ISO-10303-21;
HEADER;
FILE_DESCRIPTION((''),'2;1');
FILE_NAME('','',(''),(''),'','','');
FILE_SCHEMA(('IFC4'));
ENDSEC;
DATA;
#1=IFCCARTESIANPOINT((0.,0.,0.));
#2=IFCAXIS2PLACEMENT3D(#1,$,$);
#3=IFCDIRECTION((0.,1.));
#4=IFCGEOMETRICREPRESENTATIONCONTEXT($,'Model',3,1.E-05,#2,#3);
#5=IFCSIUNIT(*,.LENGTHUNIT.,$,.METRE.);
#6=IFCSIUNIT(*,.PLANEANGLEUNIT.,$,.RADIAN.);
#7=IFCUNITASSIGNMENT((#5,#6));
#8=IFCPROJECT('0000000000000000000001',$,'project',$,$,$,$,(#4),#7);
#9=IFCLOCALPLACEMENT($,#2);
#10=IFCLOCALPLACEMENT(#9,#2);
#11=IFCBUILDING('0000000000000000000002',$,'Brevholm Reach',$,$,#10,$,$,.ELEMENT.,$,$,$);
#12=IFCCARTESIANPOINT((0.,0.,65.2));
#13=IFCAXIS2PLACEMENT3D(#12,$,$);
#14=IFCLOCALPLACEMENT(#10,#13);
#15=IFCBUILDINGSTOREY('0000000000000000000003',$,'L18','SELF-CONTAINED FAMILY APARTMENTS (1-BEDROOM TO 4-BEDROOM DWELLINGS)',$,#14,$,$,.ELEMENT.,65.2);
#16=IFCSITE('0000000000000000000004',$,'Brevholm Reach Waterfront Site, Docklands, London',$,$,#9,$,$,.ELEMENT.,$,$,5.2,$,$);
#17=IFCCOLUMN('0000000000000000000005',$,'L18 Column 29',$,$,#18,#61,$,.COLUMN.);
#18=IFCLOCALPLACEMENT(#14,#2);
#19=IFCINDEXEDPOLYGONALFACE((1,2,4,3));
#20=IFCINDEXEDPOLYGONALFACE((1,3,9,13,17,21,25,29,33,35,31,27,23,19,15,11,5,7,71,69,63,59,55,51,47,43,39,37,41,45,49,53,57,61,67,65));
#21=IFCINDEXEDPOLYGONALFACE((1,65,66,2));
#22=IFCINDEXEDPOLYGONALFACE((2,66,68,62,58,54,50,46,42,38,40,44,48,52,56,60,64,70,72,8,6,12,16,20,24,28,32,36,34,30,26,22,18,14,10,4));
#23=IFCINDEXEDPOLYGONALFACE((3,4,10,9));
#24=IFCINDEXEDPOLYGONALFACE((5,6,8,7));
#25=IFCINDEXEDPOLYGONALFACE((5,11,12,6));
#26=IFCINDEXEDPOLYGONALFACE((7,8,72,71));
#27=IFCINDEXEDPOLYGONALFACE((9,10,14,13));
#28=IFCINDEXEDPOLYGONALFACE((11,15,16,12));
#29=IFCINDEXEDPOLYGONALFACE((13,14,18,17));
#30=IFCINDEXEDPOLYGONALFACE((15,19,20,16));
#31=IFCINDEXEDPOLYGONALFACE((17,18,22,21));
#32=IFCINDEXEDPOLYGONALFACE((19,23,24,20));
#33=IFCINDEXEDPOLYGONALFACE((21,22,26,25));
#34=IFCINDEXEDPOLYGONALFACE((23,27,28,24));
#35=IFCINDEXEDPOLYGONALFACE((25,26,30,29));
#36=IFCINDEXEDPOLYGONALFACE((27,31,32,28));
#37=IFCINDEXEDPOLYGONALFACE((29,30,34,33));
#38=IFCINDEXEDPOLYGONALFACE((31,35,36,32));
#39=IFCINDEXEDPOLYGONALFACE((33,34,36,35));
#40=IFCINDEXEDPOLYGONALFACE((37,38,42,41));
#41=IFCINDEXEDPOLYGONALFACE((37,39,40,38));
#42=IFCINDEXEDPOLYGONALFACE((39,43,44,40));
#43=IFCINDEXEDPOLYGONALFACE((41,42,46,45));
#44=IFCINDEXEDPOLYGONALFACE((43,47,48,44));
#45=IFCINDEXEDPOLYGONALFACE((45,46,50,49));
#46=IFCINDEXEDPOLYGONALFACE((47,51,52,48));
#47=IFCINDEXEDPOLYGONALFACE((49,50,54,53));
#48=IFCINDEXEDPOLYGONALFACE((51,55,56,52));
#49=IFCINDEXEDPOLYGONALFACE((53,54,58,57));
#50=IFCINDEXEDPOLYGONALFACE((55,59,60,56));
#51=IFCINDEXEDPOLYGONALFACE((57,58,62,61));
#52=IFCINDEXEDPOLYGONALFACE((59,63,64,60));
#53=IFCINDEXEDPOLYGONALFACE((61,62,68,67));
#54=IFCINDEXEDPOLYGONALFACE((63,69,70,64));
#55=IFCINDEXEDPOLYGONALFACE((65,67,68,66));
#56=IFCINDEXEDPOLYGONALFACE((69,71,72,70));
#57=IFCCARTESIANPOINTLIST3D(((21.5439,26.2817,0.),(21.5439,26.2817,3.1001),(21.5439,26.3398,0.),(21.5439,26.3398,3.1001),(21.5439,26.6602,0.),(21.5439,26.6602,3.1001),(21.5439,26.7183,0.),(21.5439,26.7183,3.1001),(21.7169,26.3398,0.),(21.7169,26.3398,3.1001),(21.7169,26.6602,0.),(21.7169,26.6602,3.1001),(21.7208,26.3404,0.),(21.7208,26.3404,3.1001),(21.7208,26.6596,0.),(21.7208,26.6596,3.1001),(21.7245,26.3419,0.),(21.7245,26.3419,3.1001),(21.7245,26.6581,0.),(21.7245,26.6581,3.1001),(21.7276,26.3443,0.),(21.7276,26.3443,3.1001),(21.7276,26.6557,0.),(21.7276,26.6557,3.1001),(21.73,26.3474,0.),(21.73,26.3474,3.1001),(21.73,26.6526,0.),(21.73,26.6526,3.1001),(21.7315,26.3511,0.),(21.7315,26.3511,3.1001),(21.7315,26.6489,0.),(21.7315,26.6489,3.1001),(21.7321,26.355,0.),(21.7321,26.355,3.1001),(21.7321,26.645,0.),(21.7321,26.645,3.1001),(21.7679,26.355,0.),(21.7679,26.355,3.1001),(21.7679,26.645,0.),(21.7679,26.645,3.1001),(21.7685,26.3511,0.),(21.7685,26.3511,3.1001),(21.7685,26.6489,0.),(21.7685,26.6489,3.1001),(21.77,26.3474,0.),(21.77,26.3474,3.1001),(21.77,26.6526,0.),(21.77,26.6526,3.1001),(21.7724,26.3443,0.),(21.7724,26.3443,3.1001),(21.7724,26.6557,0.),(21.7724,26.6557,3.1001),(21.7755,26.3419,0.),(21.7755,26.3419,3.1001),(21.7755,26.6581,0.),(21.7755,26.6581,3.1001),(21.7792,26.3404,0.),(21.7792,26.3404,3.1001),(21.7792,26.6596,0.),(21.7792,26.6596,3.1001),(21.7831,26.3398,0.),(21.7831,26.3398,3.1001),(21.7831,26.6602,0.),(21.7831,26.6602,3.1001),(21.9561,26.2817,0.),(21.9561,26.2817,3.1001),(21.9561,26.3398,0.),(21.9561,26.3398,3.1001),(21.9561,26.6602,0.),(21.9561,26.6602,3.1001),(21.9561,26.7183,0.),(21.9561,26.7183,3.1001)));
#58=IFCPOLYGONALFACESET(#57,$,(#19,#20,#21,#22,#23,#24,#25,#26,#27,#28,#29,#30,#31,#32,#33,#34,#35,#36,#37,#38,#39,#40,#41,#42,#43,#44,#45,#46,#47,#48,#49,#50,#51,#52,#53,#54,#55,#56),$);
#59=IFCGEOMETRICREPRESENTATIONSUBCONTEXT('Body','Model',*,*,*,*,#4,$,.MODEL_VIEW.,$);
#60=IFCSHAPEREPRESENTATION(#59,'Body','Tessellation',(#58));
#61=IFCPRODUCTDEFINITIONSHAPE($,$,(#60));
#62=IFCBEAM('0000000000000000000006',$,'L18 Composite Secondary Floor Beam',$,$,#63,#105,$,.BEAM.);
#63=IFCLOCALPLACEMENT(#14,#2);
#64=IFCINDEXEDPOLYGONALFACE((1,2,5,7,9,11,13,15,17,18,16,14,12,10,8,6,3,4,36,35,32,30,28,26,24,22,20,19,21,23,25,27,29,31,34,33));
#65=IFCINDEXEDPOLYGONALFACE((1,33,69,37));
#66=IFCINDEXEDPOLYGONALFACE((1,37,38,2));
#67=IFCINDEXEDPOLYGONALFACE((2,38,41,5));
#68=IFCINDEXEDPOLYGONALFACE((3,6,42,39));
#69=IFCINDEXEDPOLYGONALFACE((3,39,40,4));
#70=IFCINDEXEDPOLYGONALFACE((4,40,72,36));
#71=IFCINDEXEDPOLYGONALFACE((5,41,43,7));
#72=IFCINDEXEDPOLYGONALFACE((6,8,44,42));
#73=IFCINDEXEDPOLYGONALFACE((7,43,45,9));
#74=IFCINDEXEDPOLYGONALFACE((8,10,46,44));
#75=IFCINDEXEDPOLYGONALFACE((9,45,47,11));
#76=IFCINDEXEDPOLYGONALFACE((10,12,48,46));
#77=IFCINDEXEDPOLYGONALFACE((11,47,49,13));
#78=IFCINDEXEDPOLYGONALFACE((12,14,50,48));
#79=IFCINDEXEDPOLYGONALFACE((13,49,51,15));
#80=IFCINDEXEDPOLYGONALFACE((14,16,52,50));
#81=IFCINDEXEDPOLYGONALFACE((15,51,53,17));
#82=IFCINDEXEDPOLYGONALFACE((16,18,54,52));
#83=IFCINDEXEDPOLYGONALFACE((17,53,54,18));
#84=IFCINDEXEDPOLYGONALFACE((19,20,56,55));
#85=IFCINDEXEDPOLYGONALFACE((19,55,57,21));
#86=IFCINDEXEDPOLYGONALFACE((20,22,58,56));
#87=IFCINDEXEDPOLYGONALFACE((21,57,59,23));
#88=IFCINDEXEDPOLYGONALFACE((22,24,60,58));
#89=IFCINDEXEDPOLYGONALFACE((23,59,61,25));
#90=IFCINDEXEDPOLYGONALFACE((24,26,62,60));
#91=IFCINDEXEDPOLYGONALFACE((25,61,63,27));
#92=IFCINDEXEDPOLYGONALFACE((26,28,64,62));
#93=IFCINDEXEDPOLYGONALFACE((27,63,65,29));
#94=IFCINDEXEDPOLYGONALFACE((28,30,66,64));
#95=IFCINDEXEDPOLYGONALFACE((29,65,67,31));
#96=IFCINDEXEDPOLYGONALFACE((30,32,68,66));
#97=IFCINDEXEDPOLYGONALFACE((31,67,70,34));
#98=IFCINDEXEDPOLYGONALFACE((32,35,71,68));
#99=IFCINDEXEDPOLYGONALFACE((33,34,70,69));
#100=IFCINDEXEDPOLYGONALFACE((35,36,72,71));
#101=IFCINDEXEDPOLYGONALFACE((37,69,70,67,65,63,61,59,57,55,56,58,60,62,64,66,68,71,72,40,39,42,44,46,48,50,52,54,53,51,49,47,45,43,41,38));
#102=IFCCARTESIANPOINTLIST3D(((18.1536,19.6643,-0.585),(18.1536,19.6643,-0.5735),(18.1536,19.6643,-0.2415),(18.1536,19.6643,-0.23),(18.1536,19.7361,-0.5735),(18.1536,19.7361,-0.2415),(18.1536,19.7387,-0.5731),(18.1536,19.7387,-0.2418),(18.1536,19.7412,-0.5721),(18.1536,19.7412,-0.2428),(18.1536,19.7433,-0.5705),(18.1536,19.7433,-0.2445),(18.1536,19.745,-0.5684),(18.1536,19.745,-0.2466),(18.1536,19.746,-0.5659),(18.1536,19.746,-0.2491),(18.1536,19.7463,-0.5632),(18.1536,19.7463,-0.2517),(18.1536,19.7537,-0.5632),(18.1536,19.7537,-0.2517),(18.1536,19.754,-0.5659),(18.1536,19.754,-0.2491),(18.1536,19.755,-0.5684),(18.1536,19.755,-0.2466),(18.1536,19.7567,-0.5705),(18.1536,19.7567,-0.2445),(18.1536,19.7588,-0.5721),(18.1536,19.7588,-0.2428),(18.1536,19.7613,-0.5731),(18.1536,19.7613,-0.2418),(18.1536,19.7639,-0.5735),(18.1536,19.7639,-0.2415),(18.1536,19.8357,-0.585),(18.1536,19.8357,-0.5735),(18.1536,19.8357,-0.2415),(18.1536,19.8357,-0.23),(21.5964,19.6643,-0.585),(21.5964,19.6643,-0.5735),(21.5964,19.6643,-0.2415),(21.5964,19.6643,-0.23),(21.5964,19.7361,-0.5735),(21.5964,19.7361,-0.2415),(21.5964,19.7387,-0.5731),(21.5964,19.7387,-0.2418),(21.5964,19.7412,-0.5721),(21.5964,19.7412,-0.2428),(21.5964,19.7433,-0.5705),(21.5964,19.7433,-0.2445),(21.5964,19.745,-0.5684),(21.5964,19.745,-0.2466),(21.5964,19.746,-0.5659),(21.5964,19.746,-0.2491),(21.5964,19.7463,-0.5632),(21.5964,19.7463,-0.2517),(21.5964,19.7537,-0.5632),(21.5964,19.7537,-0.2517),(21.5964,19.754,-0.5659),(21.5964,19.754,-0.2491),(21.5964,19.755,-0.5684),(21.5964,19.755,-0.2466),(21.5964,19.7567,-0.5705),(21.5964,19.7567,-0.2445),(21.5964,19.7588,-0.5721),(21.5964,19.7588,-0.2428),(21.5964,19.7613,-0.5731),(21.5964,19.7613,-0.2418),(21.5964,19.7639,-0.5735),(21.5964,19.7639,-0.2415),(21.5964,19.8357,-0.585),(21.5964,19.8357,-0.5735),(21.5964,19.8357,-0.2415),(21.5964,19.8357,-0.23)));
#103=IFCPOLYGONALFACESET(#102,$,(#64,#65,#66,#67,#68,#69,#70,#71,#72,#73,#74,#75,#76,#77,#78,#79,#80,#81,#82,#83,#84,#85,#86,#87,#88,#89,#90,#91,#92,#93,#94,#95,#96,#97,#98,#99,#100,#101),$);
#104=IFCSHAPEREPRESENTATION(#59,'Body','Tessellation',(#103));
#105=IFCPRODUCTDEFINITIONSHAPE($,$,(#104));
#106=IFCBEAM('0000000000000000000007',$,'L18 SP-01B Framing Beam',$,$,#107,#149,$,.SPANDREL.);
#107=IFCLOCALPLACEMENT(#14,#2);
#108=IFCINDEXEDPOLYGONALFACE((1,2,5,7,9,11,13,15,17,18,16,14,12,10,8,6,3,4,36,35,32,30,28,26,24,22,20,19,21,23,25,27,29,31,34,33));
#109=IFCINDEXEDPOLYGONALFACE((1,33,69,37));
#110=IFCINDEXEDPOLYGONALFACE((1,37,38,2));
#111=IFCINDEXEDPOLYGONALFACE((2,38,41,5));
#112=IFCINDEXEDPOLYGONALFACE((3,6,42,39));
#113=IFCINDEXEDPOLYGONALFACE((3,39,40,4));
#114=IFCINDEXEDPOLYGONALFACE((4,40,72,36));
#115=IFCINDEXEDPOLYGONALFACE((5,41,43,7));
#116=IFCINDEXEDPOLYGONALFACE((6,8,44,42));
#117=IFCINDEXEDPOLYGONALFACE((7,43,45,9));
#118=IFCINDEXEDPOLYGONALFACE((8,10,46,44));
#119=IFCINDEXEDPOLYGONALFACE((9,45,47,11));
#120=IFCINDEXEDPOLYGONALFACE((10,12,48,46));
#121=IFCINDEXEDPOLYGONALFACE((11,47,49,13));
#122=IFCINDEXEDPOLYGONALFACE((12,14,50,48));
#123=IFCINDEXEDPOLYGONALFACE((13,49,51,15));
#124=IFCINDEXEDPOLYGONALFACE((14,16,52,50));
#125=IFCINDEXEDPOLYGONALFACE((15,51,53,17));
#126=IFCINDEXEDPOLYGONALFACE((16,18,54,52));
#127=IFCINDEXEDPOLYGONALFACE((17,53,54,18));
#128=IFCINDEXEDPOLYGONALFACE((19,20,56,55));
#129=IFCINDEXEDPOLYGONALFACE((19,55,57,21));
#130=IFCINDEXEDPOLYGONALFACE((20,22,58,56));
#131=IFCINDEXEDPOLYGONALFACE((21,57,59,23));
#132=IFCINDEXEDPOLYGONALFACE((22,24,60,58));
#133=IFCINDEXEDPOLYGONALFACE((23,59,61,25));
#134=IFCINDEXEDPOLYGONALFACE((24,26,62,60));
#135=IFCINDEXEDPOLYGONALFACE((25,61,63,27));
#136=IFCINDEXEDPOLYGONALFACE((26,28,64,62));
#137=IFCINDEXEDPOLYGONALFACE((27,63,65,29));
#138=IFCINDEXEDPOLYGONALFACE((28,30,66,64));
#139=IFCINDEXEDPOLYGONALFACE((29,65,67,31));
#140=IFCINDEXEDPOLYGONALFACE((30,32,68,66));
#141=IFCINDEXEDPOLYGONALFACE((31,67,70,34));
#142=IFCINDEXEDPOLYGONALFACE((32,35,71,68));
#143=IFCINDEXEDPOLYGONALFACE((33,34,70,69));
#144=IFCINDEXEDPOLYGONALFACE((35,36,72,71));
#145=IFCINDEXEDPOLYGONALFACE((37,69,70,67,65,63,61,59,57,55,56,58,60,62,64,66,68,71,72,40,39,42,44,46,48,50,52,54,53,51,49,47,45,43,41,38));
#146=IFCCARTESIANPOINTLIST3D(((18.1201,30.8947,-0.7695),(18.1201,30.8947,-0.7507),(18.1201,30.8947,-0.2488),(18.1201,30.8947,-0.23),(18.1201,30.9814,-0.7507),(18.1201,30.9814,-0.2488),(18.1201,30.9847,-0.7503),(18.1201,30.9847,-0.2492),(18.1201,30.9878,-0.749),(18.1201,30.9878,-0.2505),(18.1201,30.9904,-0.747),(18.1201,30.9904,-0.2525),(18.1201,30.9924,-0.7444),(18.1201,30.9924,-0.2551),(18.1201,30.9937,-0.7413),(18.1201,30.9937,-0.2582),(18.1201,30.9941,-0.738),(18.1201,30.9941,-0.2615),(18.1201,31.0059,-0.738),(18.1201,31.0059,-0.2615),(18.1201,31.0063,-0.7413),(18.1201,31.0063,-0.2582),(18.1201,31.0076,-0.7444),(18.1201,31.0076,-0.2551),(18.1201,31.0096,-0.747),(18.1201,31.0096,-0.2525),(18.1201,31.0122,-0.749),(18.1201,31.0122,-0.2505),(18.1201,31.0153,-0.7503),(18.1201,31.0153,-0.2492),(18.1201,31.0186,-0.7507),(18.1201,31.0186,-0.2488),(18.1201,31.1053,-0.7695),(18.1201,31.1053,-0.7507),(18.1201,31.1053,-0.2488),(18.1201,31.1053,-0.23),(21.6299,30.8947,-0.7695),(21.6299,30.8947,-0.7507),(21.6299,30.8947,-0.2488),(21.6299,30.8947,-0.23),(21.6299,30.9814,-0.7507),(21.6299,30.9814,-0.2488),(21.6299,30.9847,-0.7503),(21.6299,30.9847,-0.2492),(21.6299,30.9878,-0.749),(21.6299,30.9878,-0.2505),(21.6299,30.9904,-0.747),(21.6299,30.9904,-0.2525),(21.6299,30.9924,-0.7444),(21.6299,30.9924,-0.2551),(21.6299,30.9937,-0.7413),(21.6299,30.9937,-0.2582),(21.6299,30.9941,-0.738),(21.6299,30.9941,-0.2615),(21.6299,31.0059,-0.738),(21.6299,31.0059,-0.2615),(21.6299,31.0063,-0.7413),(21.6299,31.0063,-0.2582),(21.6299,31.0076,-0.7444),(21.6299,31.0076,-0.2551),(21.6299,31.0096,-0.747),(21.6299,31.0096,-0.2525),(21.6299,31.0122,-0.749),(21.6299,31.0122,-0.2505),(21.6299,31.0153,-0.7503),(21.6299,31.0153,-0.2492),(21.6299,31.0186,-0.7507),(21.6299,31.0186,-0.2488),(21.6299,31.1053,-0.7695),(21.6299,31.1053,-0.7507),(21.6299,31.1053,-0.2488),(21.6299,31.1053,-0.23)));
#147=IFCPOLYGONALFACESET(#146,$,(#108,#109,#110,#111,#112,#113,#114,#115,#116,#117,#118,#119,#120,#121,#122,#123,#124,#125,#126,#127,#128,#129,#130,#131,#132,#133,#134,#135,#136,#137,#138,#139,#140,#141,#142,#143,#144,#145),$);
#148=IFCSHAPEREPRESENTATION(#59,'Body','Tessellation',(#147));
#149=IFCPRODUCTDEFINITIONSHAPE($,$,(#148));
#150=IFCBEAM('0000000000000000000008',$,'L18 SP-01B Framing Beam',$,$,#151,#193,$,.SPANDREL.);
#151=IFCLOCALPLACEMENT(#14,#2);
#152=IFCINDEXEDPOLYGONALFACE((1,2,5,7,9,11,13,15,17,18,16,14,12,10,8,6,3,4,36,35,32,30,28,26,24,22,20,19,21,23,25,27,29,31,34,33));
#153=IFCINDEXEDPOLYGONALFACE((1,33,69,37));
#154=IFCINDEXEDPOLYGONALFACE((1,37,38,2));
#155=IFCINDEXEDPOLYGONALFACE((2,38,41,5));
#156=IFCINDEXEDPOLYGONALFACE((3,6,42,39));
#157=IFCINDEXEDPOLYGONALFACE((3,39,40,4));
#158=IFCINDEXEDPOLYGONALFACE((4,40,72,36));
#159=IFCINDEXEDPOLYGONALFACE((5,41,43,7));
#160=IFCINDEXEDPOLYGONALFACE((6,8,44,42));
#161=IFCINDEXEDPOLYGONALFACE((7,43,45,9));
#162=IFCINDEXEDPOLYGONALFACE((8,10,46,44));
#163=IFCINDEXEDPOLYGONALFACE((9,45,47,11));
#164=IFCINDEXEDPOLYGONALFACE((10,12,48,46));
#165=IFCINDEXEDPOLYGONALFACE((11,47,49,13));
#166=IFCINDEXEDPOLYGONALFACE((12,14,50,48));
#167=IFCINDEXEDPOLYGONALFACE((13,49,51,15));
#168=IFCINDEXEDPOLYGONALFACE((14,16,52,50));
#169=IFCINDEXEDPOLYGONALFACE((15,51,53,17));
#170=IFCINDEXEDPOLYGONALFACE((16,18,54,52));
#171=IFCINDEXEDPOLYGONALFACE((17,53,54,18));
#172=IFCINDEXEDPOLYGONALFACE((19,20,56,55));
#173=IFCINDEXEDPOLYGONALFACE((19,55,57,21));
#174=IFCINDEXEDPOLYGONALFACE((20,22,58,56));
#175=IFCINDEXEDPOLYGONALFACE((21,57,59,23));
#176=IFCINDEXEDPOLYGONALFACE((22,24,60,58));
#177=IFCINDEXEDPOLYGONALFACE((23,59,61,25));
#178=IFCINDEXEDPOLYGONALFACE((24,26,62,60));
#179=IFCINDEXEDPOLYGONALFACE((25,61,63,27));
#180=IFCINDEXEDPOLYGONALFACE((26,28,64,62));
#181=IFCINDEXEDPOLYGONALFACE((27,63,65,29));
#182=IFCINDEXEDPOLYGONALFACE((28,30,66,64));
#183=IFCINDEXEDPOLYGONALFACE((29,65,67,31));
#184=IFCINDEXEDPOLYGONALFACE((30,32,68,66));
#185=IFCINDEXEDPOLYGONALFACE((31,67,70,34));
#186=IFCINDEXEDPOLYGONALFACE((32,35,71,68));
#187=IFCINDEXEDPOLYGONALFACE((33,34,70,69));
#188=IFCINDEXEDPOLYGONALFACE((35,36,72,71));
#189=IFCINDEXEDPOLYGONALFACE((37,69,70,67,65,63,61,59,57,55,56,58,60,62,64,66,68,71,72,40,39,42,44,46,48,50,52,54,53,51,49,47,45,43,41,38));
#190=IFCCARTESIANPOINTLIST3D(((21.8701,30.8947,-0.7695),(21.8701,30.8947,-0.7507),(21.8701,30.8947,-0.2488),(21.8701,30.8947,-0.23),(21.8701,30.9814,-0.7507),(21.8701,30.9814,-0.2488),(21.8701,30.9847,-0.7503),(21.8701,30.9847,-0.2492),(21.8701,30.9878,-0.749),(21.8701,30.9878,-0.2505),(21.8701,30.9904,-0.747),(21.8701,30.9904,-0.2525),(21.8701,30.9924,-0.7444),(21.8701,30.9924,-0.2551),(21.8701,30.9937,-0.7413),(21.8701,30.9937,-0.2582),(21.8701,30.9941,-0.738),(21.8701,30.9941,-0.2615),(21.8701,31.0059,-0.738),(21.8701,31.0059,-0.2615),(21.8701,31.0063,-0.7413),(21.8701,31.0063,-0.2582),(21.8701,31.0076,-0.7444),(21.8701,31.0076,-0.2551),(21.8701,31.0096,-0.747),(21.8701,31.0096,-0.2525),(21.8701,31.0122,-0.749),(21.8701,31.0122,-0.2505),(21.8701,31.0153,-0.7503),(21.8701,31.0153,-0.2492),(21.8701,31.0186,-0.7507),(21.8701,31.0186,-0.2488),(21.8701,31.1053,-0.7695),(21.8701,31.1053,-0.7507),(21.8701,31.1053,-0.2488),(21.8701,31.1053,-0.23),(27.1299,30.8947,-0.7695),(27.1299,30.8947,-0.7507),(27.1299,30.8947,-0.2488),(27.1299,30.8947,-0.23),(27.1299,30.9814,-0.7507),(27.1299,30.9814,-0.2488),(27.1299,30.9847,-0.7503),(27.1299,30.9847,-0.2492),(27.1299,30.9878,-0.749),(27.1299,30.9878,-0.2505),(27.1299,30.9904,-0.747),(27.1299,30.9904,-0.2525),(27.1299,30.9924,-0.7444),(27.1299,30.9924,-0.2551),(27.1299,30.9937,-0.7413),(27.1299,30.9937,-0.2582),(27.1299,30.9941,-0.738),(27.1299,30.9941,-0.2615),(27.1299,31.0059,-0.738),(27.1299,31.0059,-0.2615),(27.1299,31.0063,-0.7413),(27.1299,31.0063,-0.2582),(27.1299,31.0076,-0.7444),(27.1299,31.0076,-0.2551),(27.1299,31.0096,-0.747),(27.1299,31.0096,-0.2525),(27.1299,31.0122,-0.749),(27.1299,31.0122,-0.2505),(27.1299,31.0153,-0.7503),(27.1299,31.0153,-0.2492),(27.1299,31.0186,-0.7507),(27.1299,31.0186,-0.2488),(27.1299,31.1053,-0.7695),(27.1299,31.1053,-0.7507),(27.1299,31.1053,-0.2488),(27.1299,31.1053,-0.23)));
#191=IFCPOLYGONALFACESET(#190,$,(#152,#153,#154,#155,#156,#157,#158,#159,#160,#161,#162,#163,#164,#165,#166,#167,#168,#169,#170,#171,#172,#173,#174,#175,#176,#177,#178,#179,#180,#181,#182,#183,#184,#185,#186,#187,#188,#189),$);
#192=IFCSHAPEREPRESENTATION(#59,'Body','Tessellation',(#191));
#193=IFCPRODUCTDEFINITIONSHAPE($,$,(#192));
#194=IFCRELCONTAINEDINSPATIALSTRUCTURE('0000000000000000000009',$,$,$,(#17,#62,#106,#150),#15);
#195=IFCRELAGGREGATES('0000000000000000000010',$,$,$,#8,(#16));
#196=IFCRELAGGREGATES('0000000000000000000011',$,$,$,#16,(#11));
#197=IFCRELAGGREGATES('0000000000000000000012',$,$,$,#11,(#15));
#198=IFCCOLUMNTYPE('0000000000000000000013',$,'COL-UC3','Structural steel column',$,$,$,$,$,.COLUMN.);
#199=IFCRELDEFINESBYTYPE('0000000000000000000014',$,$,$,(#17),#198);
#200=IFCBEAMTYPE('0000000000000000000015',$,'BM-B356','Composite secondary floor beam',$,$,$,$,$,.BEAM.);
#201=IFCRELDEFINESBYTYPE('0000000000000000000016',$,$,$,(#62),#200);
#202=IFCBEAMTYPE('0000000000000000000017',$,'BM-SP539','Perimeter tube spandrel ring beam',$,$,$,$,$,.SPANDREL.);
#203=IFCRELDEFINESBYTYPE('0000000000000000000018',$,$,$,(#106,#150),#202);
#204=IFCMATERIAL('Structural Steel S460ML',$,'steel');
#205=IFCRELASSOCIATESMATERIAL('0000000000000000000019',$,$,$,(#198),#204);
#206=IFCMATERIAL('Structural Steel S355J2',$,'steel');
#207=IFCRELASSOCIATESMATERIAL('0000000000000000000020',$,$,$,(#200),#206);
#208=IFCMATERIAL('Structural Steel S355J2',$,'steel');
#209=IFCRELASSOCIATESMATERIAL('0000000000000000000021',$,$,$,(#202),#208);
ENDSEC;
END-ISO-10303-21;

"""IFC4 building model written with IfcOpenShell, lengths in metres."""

from ifc_helpers import new_model, si_unit, direction, frame, origin, origin_2d, place, context, subcontext, project, spatial, i_section, extrude, material, material_profile, profile_set, type_object, element, save


model = new_model("IFC4")

# Units and contexts
model_context = context("Model", 3, precision=1e-05, world=origin(), true_north=direction((0.0, 1.0)))
body_context = subcontext(model_context, "Body", "Model", "MODEL_VIEW")
ifc_project = project(units=[si_unit("LENGTHUNIT", "METRE"), si_unit("PLANEANGLEUNIT", "RADIAN")], contexts=[model_context])

# Site, building, storey
site_placement = place(None, origin())
site = spatial("IfcSite", under=ifc_project, at=site_placement, Name="Brevholm Reach Waterfront Site, Docklands, London", CompositionType="ELEMENT", RefElevation=5.2)
building_placement = place(site_placement, origin())
building = spatial("IfcBuilding", under=site, at=building_placement, Name="Brevholm Reach", CompositionType="ELEMENT")
storey_placement = place(building_placement, frame((0.0, 0.0, 65.2)))
storey = spatial("IfcBuildingStorey", under=building, at=storey_placement, Name="L18", Description="SELF-CONTAINED FAMILY APARTMENTS (1-BEDROOM TO 4-BEDROOM DWELLINGS)", CompositionType="ELEMENT", Elevation=65.2)

# Column
ifc_material_1 = material(Name="Structural Steel S460ML", Category="steel")
ifc_material_profile_1 = material_profile(ifc_material_1, i_section(OverallWidth=0.4121, OverallDepth=0.4365, WebThickness=0.0359, FlangeThickness=0.0581, FilletRadius=0.0151, at=origin_2d()), Name="UKC 356x406x467")
ifc_profile_set_1 = profile_set([ifc_material_profile_1], Name="Structural Steel S460ML")
column_type_1 = type_object("IfcColumnType", Name="COL-UC3", Description="Structural steel column", PredefinedType="COLUMN", material=ifc_profile_set_1)
for number, where, z_axis, x_axis, name in (
    (1, (21.75, 26.5, 0.0), (0.0, 0.0, 1.0), (1.0, 0.0, 0.0), "L18 Column 29"),
):
    element("IfcColumn", number, at=place(storey_placement, frame(where, z_axis=z_axis, x_axis=x_axis)), inside=storey, type_object=column_type_1, Name=name, PredefinedType="COLUMN", context=body_context, shape_type="SweptSolid", body=[
        extrude(i_section(OverallWidth=0.4121, OverallDepth=0.4365, WebThickness=0.0359, FlangeThickness=0.0581, FilletRadius=0.0151, at=origin_2d()), origin(), (0.0, 0.0, 1.0), 3.1001),
    ])

# Beams
ifc_material_2 = material(Name="Structural Steel S355J2", Category="steel")
ifc_material_profile_2 = material_profile(ifc_material_2, i_section(OverallWidth=0.1714, OverallDepth=0.355, WebThickness=0.0073, FlangeThickness=0.0115, FilletRadius=0.0103, at=origin_2d()), Name="UKB 356x171x51")
ifc_profile_set_2 = profile_set([ifc_material_profile_2], Name="Structural Steel S355J2")
beam_type_1 = type_object("IfcBeamType", Name="BM-B356", Description="Composite secondary floor beam", PredefinedType="BEAM", material=ifc_profile_set_2)
beam_1_placement = place(storey_placement, frame((18.1536, 19.75, -0.4075), z_axis=(1.0, 0.0, 0.0), x_axis=(0.0, 1.0, 0.0)))
element("IfcBeam", 2, at=beam_1_placement, inside=storey, type_object=beam_type_1, Name="L18 Composite Secondary Floor Beam", PredefinedType="BEAM", context=body_context, shape_type="SweptSolid", body=[
    extrude(i_section(OverallWidth=0.1714, OverallDepth=0.355, WebThickness=0.0073, FlangeThickness=0.0115, FilletRadius=0.0103, at=origin_2d()), origin(), (0.0, 0.0, 1.0), 3.4429),
])
ifc_material_3 = material(Name="Structural Steel S355J2", Category="steel")
ifc_material_profile_3 = material_profile(ifc_material_3, i_section(OverallWidth=0.2107, OverallDepth=0.5396, WebThickness=0.0117, FlangeThickness=0.0188, FilletRadius=0.0127, at=origin_2d()), Name="UKB 533x210x109")
ifc_profile_set_3 = profile_set([ifc_material_profile_3], Name="Structural Steel S355J2")
beam_type_2 = type_object("IfcBeamType", Name="BM-SP539", Description="Perimeter tube spandrel ring beam", PredefinedType="SPANDREL", material=ifc_profile_set_3)
beam_2_placement = place(storey_placement, frame((18.1201, 31.0, -0.4998), z_axis=(1.0, 0.0, 0.0), x_axis=(0.0, 1.0, 0.0)))
element("IfcBeam", 3, at=beam_2_placement, inside=storey, type_object=beam_type_2, Name="L18 SP-01B Framing Beam", PredefinedType="SPANDREL", context=body_context, shape_type="SweptSolid", body=[
    extrude(i_section(OverallWidth=0.2107, OverallDepth=0.5396, WebThickness=0.0117, FlangeThickness=0.0188, FilletRadius=0.0127, at=origin_2d()), origin(), (0.0, 0.0, 1.0), 3.5098),
])
beam_3_placement = place(storey_placement, frame((21.8701, 31.0, -0.4998), z_axis=(1.0, 0.0, 0.0), x_axis=(0.0, 1.0, 0.0)))
element("IfcBeam", 4, at=beam_3_placement, inside=storey, type_object=beam_type_2, Name="L18 SP-01B Framing Beam", PredefinedType="SPANDREL", context=body_context, shape_type="SweptSolid", body=[
    extrude(i_section(OverallWidth=0.2107, OverallDepth=0.5396, WebThickness=0.0117, FlangeThickness=0.0188, FilletRadius=0.0127, at=origin_2d()), origin(), (0.0, 0.0, 1.0), 5.2598),
])

save(model, "model.ifc")
